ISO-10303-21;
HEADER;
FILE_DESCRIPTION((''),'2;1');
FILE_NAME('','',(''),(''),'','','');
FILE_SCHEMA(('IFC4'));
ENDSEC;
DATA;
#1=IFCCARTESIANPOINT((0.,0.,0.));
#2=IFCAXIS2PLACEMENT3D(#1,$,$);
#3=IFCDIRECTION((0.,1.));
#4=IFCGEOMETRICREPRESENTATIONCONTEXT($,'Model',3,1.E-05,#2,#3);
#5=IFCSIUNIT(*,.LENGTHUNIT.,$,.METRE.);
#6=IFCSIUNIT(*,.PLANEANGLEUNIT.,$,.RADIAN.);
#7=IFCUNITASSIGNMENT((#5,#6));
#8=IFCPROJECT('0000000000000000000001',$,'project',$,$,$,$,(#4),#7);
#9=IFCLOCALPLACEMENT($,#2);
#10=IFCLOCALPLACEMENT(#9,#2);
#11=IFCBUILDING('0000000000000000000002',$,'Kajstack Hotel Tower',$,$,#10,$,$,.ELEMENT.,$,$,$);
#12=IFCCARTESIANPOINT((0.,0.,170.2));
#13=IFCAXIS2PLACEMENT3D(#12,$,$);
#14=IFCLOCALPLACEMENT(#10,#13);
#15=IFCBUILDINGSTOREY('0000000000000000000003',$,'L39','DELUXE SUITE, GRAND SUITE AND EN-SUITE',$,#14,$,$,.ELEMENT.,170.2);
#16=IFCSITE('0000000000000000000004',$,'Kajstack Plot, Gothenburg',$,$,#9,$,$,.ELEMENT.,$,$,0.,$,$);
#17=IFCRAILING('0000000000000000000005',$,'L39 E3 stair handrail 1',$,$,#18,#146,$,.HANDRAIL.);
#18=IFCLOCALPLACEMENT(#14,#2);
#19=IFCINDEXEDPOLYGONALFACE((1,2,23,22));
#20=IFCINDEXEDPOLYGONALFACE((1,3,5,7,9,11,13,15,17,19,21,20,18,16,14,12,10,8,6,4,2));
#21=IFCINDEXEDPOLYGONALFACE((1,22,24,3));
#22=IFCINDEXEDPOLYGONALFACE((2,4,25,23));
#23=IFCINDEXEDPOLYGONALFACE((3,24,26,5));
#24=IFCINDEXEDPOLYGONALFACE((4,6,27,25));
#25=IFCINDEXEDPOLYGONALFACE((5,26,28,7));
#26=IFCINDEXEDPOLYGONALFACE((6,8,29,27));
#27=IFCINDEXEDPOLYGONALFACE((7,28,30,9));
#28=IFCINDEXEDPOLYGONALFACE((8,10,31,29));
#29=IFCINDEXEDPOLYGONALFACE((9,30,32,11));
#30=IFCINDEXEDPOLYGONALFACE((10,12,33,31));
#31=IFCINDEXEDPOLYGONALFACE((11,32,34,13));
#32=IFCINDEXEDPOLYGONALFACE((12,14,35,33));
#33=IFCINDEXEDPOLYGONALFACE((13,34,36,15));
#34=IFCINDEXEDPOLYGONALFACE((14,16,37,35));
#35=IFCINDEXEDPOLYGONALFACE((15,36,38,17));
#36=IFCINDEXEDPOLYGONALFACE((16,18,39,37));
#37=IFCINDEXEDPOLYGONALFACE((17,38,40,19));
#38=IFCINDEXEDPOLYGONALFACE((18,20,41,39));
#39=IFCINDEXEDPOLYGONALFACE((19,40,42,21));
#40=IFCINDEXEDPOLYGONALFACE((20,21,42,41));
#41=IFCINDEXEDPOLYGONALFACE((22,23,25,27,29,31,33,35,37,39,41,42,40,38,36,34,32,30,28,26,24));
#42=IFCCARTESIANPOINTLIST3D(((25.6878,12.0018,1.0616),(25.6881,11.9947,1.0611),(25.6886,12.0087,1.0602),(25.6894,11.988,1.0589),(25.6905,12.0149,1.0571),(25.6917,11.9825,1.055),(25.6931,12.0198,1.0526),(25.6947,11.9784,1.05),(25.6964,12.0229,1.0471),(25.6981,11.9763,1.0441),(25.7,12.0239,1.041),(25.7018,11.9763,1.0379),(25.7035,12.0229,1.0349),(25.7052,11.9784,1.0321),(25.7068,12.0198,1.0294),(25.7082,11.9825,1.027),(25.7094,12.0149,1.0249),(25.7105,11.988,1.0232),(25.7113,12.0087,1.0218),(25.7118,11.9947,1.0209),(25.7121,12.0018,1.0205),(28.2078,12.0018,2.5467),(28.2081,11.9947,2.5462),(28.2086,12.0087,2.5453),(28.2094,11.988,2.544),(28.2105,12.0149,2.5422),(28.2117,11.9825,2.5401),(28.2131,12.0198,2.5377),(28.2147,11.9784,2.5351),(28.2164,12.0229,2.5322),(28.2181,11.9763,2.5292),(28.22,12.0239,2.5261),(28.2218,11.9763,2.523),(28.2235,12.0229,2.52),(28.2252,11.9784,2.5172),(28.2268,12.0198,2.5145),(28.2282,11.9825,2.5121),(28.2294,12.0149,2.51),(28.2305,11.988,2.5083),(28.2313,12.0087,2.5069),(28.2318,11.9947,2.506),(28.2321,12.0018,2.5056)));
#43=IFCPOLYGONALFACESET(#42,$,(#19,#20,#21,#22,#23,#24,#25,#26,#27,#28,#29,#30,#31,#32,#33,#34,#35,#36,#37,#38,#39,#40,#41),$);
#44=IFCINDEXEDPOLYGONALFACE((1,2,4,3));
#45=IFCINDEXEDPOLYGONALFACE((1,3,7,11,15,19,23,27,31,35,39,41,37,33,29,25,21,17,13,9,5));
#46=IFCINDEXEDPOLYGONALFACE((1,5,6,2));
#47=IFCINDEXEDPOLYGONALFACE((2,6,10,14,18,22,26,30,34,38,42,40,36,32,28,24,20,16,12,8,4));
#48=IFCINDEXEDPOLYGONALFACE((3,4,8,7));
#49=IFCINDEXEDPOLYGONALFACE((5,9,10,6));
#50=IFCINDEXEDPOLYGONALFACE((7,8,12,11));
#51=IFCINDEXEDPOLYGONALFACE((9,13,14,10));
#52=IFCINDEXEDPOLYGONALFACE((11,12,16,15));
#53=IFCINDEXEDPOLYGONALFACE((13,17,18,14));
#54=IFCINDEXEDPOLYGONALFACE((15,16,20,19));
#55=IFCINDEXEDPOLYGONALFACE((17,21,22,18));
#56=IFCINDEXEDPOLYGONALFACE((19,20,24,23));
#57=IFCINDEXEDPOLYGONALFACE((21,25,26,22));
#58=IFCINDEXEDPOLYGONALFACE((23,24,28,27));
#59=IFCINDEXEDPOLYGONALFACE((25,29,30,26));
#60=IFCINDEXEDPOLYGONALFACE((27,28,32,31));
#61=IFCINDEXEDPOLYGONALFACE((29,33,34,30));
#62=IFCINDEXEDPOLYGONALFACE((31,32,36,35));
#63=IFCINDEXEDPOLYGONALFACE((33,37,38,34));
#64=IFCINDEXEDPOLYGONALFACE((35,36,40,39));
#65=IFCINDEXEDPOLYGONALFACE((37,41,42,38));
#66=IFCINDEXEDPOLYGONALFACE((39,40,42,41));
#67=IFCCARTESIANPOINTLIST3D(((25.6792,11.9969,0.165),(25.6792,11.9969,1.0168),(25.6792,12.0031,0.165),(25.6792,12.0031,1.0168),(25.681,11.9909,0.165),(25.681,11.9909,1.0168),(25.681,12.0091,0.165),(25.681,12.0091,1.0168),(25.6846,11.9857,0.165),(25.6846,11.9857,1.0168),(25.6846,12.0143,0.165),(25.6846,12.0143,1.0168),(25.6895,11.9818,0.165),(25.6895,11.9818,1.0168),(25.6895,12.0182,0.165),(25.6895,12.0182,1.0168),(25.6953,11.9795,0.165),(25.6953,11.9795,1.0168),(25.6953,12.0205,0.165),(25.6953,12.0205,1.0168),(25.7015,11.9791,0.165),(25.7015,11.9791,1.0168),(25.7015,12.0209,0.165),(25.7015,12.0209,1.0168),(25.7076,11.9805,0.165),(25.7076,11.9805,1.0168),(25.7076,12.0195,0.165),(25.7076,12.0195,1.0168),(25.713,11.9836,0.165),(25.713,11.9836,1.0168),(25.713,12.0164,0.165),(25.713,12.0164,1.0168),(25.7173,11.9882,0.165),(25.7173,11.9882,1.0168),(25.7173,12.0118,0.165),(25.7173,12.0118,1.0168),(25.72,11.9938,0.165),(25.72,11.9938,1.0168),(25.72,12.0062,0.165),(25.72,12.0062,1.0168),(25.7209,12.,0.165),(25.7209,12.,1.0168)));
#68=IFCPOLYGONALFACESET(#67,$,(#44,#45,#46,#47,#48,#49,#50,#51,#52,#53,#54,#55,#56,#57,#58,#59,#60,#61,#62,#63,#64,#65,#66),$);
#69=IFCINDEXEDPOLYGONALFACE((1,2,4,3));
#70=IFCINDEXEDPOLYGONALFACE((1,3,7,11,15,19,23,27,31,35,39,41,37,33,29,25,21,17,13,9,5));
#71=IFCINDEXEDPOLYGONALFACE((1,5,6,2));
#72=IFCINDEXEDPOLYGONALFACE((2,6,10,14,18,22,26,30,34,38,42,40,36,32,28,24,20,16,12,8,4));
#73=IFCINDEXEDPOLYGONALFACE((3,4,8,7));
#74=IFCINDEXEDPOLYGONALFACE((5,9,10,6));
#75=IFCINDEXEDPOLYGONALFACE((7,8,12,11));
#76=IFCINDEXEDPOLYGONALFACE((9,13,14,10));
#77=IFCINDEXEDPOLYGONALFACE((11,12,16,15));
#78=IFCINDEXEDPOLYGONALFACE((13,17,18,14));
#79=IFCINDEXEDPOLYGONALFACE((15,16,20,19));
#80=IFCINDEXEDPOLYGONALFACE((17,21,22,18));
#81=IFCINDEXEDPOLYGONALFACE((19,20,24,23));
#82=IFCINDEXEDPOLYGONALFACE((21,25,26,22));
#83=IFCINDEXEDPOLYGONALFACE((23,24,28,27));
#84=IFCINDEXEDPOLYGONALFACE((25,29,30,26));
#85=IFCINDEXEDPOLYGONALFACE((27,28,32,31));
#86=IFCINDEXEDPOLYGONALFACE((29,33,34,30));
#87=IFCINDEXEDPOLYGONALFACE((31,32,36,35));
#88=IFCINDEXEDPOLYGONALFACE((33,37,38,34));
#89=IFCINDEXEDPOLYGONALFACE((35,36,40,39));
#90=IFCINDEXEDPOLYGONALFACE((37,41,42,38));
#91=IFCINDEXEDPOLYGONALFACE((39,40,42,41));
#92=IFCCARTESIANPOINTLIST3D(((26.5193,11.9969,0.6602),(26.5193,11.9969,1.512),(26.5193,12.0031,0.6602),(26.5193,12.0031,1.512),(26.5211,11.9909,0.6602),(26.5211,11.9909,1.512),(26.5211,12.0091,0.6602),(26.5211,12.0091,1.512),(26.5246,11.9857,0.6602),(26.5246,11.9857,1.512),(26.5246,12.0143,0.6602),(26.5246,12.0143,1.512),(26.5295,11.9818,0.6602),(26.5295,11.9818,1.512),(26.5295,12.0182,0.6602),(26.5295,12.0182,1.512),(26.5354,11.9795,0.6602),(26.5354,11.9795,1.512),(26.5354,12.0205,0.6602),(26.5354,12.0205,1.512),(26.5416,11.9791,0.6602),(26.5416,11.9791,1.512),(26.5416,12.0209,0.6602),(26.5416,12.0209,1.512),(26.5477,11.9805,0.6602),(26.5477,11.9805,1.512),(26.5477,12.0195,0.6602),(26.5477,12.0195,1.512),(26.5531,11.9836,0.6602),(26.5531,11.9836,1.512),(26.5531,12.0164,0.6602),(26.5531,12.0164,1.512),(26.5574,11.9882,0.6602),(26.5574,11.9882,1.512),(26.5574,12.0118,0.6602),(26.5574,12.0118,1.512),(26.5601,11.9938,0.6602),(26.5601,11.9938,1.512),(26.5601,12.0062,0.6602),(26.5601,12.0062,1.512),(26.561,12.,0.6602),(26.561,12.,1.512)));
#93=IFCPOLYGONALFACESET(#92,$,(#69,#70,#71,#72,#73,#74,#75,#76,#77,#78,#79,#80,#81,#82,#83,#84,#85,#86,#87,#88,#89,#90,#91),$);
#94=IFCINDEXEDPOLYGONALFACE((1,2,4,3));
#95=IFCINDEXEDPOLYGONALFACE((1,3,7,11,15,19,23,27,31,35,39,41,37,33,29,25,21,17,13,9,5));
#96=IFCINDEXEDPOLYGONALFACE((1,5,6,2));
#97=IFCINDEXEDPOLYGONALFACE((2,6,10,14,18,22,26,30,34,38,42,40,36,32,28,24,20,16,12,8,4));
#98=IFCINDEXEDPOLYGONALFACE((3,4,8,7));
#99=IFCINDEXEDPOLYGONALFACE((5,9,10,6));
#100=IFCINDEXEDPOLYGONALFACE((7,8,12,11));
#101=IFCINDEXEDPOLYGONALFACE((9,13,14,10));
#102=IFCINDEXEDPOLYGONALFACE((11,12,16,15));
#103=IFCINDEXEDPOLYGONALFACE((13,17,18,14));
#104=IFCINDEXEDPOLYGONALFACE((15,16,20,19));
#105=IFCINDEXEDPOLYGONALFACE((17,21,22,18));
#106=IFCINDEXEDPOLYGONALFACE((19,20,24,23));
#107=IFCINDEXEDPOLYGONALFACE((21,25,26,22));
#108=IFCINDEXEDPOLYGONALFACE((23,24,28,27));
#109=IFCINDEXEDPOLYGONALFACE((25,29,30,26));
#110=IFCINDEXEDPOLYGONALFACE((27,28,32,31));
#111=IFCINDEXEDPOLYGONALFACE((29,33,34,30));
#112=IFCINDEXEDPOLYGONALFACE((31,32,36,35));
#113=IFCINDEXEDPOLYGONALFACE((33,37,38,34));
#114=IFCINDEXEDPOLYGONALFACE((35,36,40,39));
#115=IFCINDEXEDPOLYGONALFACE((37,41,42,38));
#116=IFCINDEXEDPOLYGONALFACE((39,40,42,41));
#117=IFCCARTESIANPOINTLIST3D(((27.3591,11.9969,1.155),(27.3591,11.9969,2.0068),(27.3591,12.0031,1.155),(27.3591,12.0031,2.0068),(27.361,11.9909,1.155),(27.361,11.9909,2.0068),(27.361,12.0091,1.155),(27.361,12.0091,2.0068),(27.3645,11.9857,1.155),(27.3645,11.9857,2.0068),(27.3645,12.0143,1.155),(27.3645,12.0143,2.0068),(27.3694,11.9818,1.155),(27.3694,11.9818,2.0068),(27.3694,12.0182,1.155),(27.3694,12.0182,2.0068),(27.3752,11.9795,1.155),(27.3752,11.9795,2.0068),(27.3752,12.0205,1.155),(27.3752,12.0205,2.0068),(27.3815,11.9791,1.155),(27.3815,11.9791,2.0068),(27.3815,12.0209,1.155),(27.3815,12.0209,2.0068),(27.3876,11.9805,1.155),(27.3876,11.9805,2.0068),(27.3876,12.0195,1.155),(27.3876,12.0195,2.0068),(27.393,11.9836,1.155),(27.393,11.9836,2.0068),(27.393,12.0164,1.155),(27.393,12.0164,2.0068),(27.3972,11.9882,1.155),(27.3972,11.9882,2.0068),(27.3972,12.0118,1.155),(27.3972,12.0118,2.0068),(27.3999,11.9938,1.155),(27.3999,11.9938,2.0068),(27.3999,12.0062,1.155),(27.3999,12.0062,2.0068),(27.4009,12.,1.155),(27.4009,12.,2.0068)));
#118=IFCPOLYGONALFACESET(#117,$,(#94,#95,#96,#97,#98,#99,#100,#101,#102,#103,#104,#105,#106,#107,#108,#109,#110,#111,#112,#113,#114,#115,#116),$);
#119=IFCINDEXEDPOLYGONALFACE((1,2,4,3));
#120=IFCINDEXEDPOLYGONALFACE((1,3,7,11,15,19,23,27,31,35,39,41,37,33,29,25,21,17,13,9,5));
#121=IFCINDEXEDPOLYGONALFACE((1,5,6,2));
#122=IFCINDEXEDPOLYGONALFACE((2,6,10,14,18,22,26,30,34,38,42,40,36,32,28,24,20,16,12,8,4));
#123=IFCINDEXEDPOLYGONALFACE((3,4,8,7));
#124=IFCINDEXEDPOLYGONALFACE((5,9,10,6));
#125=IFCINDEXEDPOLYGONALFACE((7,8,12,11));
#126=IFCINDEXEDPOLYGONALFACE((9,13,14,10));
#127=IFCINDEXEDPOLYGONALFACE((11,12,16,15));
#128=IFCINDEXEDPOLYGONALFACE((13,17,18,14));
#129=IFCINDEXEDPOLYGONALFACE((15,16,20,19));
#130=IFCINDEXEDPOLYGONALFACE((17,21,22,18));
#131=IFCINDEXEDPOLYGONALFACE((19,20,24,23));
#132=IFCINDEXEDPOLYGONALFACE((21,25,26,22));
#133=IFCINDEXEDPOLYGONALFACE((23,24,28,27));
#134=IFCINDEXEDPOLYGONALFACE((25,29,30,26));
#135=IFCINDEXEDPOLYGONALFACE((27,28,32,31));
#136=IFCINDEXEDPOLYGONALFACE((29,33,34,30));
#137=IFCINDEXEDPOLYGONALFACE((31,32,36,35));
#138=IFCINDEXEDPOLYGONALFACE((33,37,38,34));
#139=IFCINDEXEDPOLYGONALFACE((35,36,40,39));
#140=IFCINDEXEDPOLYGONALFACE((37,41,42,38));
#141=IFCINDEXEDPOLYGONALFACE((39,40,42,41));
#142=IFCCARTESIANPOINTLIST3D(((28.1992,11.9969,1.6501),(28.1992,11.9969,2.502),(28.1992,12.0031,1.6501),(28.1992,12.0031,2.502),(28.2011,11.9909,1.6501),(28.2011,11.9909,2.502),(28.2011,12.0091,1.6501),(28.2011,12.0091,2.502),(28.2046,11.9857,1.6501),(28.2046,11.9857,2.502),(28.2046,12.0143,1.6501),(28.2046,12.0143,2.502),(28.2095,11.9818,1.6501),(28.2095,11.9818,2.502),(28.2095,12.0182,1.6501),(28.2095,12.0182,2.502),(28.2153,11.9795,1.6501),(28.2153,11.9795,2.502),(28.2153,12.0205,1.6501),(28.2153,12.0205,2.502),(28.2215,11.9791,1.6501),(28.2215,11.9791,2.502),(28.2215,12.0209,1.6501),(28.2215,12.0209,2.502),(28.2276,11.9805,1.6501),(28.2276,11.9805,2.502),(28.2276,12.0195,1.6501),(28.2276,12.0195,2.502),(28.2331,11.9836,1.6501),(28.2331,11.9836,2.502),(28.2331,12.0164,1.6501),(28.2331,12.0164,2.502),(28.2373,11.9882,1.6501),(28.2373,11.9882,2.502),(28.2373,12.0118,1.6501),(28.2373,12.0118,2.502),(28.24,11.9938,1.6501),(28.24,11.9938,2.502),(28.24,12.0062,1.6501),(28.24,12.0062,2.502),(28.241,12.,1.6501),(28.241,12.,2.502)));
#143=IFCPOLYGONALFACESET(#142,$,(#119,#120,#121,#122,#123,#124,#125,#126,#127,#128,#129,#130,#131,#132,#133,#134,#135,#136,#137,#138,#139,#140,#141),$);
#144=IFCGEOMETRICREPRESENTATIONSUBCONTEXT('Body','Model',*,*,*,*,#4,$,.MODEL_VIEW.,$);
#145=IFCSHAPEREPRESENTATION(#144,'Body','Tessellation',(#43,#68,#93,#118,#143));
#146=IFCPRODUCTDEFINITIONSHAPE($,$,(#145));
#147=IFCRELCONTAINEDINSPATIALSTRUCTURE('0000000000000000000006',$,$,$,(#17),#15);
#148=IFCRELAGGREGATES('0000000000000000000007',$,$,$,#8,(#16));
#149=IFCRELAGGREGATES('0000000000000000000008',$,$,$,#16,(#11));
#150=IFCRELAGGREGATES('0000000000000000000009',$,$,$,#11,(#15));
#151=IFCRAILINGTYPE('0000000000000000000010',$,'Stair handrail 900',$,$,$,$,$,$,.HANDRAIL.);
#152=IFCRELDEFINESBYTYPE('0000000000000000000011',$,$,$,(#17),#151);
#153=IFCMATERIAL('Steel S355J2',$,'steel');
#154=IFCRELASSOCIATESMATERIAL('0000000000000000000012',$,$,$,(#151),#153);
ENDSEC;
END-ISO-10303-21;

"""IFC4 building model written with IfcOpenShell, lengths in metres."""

from ifc_helpers import new_model, si_unit, direction, frame, origin, origin_2d, place, context, subcontext, project, spatial, circle, extrude, material, type_object, element, save


model = new_model("IFC4")

# Units and contexts
model_context = context("Model", 3, precision=1e-05, world=origin(), true_north=direction((0.0, 1.0)))
body_context = subcontext(model_context, "Body", "Model", "MODEL_VIEW")
ifc_project = project(units=[si_unit("LENGTHUNIT", "METRE"), si_unit("PLANEANGLEUNIT", "RADIAN")], contexts=[model_context])

# Site, building, storey
site_placement = place(None, origin())
site = spatial("IfcSite", under=ifc_project, at=site_placement, Name="Kajstack Plot, Gothenburg", CompositionType="ELEMENT", RefElevation=0.0)
building_placement = place(site_placement, origin())
building = spatial("IfcBuilding", under=site, at=building_placement, Name="Kajstack Hotel Tower", CompositionType="ELEMENT")
storey_placement = place(building_placement, frame((0.0, 0.0, 170.2)))
storey = spatial("IfcBuildingStorey", under=building, at=storey_placement, Name="L39", Description="DELUXE SUITE, GRAND SUITE AND EN-SUITE", CompositionType="ELEMENT", Elevation=170.2)

# Railing
ifc_material_1 = material(Name="Steel S355J2", Category="steel")
railing_type_1 = type_object("IfcRailingType", Name="Stair handrail 900", PredefinedType="HANDRAIL", material=ifc_material_1)
railing_1_placement = place(storey_placement, frame((25.7, 12.0, 0.165)))
element("IfcRailing", 1, at=railing_1_placement, inside=storey, type_object=railing_type_1, Name="L39 E3 stair handrail 1", PredefinedType="HANDRAIL", context=body_context, shape_type="SweptSolid", body=[
    extrude(circle(Radius=0.0239, at=origin_2d()), frame((0.0, 0.0, 0.876), z_axis=(0.861524, 0.0, 0.507717), x_axis=(0.0, 1.0, 0.0)), (0.0, 0.0, 1.0), 2.925),
    extrude(circle(Radius=0.021, at=origin_2d()), origin(), (0.0, 0.0, 1.0), 0.8518),
    extrude(circle(Radius=0.021, at=origin_2d()), frame((0.8401, 0.0, 0.4951)), (0.0, 0.0, 1.0), 0.8518),
    extrude(circle(Radius=0.021, at=origin_2d()), frame((1.6799, 0.0, 0.99)), (0.0, 0.0, 1.0), 0.8518),
    extrude(circle(Radius=0.021, at=origin_2d()), frame((2.52, 0.0, 1.4851)), (0.0, 0.0, 1.0), 0.8518),
])

save(model, "model.ifc")
